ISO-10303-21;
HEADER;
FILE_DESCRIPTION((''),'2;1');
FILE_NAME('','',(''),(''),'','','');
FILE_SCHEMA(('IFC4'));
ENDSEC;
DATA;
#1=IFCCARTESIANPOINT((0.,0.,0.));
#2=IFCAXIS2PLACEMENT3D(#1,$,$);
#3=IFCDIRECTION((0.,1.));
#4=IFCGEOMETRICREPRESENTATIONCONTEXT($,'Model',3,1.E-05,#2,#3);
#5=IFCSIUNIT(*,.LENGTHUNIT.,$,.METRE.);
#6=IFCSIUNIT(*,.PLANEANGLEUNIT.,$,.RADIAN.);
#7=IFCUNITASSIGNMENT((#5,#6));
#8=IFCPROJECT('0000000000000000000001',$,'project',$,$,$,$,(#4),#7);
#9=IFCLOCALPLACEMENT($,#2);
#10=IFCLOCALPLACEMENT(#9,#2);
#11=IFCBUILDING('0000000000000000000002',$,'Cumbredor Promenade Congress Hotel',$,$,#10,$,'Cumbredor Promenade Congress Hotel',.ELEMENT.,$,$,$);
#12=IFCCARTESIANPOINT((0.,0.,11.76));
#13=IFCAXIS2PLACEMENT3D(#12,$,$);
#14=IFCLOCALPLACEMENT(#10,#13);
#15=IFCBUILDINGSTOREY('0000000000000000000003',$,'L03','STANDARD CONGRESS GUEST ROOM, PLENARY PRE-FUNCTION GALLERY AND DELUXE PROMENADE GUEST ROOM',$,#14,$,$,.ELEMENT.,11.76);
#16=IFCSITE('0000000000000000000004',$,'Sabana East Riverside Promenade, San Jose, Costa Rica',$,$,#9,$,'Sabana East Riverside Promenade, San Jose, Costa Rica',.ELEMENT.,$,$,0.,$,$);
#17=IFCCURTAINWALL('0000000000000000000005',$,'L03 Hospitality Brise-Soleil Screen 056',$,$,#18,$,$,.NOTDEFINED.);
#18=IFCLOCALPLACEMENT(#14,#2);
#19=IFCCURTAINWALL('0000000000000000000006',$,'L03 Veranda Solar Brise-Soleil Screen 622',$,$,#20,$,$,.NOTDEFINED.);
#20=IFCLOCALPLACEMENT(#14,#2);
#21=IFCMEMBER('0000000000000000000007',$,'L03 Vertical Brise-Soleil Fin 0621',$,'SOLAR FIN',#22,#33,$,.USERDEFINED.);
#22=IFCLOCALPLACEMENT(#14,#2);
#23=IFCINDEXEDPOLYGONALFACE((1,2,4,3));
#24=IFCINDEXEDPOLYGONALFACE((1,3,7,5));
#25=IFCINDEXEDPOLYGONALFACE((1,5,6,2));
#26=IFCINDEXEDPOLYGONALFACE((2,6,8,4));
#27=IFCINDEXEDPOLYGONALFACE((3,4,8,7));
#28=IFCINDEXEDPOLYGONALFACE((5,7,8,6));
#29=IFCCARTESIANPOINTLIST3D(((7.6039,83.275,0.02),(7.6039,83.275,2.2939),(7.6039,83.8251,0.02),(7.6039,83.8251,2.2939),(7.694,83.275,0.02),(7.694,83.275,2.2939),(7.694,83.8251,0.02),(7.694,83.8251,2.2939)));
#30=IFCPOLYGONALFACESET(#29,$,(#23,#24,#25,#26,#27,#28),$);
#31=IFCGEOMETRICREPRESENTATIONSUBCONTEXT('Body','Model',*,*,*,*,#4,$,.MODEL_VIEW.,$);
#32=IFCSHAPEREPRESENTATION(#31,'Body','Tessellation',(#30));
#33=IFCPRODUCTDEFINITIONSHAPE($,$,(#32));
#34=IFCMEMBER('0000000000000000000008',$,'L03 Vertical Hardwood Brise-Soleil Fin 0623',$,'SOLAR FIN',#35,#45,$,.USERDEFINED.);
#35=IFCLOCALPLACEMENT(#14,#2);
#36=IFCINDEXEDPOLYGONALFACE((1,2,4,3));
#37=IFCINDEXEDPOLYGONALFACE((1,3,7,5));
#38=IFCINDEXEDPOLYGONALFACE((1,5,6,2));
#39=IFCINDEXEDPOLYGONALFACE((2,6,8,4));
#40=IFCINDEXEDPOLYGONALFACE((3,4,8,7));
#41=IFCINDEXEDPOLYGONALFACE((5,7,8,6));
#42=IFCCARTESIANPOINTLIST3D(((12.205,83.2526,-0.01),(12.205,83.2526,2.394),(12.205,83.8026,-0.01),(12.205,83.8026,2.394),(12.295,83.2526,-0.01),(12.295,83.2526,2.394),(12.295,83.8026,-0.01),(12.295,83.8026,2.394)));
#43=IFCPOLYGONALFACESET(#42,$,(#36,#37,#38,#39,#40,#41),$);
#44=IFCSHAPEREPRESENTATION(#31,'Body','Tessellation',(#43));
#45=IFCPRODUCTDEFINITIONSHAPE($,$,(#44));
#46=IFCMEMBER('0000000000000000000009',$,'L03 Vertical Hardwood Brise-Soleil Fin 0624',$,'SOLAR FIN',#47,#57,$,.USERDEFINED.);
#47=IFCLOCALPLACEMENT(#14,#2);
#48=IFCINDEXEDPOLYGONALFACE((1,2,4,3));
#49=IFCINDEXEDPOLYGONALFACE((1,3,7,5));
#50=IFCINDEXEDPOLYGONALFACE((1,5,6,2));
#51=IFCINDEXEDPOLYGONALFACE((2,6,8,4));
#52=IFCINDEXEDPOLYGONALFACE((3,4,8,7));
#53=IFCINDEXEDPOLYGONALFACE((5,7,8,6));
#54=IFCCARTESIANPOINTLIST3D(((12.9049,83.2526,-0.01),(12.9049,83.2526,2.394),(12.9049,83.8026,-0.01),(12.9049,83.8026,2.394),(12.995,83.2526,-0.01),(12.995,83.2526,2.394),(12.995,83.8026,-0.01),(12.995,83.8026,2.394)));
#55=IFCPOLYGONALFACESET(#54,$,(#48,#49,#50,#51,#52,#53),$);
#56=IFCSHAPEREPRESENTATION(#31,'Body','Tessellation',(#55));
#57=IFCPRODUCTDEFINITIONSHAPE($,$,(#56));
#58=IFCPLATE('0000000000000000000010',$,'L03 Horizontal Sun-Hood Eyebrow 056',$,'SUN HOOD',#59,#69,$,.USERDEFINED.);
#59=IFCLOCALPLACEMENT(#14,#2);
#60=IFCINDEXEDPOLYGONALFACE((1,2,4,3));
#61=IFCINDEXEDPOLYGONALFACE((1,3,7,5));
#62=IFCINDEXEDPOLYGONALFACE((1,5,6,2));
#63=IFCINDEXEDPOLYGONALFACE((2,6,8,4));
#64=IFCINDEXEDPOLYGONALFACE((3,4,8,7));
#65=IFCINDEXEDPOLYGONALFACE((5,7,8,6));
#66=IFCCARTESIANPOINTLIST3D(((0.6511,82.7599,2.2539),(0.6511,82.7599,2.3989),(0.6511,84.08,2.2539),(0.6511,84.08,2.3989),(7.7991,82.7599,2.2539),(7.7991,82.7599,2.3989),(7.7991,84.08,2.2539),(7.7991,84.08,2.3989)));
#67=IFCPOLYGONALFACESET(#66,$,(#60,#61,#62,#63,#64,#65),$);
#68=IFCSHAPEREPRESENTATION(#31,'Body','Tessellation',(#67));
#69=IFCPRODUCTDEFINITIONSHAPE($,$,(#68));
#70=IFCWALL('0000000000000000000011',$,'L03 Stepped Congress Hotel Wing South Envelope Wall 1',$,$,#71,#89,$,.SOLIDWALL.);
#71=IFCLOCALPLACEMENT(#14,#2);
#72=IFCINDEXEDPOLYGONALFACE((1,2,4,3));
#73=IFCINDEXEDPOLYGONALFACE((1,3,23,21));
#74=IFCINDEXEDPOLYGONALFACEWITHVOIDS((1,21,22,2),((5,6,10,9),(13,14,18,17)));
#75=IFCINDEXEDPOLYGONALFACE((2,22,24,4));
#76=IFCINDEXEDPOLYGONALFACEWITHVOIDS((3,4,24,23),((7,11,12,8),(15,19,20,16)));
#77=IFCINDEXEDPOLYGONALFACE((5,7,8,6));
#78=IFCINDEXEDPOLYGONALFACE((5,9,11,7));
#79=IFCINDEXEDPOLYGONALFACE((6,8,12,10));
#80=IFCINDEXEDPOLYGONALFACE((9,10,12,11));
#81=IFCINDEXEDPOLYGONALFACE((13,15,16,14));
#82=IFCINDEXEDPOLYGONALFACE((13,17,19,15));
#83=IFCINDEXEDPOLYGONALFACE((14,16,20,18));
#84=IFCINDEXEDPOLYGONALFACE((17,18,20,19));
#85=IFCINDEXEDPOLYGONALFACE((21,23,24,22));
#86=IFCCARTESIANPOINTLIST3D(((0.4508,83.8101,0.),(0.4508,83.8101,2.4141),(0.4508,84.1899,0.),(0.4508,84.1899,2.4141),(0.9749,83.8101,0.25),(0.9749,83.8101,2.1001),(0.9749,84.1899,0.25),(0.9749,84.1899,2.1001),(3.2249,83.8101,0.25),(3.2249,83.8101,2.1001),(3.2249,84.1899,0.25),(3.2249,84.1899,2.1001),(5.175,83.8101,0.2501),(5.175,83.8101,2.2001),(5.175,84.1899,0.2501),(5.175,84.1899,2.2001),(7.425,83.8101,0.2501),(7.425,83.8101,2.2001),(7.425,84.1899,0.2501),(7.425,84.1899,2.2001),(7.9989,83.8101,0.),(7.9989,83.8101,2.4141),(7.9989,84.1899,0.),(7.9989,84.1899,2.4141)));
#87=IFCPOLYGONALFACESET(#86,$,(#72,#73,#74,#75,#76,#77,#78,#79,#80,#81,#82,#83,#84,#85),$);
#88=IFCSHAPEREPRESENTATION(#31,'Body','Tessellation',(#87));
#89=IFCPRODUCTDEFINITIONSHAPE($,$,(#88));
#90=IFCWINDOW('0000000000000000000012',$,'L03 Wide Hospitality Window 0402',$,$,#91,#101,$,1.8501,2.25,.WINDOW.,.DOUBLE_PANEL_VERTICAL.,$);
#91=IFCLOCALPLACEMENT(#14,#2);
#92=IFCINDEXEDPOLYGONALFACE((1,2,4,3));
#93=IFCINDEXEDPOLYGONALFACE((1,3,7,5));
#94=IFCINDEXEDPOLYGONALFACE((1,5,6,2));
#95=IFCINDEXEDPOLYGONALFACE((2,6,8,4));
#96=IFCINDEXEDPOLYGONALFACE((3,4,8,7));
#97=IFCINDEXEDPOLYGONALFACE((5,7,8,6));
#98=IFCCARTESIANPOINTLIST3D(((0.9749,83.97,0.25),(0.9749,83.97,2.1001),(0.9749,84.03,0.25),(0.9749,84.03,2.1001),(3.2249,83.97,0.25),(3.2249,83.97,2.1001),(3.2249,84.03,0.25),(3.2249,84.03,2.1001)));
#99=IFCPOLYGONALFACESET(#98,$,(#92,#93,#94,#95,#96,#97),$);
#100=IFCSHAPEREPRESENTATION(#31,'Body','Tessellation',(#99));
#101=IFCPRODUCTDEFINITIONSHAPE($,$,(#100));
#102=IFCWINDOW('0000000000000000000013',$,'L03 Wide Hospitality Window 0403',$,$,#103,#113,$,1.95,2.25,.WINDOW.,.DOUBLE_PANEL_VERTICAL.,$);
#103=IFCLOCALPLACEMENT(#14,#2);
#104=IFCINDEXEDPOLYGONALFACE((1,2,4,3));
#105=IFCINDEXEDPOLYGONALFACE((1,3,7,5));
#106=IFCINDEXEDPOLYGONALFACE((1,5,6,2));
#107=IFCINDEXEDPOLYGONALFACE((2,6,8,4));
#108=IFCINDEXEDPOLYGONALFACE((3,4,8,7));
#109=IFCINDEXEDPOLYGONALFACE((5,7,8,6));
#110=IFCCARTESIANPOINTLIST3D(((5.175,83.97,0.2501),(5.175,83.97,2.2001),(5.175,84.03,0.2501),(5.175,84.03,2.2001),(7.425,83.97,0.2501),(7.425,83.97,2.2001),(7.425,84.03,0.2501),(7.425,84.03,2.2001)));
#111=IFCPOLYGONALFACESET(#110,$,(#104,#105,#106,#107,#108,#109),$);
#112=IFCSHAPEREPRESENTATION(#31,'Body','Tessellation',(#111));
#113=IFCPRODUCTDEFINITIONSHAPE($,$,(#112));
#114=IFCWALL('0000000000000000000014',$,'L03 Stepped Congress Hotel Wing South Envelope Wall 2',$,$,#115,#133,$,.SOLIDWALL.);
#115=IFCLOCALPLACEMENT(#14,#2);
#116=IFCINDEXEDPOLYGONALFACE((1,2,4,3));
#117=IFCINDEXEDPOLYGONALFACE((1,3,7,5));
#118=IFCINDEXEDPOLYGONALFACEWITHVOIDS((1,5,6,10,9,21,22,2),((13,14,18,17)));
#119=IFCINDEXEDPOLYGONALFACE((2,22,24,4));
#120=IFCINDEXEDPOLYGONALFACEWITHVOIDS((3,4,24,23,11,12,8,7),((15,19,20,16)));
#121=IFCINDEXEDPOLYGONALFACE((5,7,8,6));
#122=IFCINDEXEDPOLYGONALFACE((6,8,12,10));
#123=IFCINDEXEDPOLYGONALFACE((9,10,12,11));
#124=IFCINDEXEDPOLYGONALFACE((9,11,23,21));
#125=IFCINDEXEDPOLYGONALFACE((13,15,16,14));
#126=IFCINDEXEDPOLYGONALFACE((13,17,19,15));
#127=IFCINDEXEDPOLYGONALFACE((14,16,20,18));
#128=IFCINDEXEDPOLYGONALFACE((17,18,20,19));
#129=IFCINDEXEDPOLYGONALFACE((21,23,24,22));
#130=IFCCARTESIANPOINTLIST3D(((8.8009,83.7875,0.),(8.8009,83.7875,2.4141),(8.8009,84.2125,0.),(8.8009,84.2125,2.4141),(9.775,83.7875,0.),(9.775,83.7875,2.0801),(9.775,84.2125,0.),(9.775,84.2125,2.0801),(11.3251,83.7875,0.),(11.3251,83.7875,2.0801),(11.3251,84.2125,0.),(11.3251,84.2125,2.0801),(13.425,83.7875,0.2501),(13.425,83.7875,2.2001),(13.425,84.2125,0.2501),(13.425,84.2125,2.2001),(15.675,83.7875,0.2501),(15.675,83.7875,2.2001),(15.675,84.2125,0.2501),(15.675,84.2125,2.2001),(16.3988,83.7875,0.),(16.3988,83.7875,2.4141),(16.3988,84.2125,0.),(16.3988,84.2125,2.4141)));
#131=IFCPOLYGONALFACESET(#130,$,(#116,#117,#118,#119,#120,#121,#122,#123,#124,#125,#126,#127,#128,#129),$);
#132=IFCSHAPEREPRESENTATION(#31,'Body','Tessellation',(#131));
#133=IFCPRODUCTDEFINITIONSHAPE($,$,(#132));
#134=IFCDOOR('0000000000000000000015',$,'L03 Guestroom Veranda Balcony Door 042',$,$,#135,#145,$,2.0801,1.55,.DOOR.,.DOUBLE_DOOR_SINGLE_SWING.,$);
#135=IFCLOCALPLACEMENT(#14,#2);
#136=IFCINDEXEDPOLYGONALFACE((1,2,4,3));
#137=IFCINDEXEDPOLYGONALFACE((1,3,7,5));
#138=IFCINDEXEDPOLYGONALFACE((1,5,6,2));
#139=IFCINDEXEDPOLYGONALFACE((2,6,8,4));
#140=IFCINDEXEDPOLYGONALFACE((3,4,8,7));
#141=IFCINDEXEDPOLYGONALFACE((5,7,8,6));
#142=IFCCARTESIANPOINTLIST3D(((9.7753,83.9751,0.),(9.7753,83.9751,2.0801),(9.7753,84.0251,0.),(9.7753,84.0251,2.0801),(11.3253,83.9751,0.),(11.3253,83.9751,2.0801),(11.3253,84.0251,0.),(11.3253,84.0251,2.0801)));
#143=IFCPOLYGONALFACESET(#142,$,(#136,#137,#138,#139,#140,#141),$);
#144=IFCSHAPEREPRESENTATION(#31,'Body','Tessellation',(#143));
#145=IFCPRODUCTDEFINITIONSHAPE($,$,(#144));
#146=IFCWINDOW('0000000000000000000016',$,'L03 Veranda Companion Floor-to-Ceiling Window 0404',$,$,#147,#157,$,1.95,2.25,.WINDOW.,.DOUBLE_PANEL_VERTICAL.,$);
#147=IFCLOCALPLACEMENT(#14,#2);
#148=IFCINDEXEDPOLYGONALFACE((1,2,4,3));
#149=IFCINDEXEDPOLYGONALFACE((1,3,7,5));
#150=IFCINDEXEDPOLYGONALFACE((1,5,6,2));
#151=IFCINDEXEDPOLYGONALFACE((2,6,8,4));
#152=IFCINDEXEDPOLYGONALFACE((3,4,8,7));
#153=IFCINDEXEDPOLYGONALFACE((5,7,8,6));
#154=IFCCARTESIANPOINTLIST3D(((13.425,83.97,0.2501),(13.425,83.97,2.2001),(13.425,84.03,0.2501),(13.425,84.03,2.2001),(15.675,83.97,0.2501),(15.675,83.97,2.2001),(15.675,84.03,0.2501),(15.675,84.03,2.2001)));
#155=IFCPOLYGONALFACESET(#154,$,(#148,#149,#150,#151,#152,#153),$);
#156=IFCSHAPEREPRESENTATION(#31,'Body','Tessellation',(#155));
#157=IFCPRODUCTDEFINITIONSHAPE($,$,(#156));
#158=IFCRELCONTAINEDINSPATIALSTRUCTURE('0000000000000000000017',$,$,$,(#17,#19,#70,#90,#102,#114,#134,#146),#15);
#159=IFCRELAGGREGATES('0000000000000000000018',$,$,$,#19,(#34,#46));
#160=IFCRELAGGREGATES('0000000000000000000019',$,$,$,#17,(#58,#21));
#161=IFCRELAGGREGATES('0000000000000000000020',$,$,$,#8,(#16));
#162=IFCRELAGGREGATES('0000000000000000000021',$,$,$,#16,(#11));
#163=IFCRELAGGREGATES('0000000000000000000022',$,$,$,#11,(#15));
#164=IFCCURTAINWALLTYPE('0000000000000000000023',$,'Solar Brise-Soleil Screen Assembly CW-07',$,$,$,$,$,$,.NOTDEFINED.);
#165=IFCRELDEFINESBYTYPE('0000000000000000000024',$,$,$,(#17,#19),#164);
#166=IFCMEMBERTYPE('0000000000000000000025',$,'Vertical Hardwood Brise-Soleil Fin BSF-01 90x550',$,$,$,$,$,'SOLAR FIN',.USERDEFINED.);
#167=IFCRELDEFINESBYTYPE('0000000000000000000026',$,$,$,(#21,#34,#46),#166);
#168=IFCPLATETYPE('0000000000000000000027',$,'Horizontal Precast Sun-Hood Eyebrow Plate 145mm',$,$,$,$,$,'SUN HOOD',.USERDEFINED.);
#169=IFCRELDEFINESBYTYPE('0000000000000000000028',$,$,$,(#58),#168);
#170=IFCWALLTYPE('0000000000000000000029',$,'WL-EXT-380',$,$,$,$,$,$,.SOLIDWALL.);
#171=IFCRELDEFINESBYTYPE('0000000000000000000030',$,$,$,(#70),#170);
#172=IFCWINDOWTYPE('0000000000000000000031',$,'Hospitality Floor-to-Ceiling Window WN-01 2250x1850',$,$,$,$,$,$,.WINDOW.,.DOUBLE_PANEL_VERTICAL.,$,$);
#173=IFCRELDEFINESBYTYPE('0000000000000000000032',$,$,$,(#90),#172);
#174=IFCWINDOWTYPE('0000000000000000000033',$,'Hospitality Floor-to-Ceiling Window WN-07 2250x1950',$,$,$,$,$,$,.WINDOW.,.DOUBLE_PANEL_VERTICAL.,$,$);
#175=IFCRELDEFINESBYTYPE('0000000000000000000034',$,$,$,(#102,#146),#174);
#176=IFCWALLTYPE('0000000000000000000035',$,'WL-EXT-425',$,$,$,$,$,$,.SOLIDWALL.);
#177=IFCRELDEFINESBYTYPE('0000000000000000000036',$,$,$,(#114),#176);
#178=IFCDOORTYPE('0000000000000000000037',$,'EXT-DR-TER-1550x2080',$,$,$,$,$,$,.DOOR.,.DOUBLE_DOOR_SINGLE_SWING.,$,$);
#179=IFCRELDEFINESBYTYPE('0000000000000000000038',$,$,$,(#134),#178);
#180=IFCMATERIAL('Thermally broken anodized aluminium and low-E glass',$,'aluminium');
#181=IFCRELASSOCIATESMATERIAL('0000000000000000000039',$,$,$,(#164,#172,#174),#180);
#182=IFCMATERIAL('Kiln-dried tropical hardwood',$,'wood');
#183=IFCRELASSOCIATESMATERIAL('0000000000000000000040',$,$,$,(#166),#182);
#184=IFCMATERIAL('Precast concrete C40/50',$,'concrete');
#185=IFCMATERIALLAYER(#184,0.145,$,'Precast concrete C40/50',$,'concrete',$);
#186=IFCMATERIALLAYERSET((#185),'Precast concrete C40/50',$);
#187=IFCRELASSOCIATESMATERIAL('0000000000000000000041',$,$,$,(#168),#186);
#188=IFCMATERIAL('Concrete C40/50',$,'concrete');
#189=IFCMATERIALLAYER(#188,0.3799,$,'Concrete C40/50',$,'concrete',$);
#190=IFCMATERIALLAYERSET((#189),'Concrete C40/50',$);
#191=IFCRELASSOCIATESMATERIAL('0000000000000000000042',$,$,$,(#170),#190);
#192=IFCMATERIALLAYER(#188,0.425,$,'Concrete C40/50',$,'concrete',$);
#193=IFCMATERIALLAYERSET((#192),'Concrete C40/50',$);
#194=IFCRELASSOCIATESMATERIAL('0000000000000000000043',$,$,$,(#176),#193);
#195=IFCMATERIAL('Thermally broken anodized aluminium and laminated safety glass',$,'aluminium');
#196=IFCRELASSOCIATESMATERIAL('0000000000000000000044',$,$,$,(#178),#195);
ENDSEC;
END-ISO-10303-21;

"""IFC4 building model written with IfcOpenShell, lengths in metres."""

from ifc_helpers import new_model, si_unit, direction, frame, frame_2d, origin, origin_2d, place, context, subcontext, project, spatial, rectangle, extrude, material, layer, layer_set, material_profile, profile_set, type_object, element, fill, aggregate, save


model = new_model("IFC4")

# Units and contexts
model_context = context("Model", 3, precision=1e-05, world=origin(), true_north=direction((0.0, 1.0)))
body_context = subcontext(model_context, "Body", "Model", "MODEL_VIEW")
ifc_project = project(units=[si_unit("LENGTHUNIT", "METRE"), si_unit("PLANEANGLEUNIT", "RADIAN")], contexts=[model_context])

# Site, building, storey
site_placement = place(None, origin())
site = spatial("IfcSite", under=ifc_project, at=site_placement, Name="Sabana East Riverside Promenade, San Jose, Costa Rica", LongName="Sabana East Riverside Promenade, San Jose, Costa Rica", CompositionType="ELEMENT", RefElevation=0.0)
building_placement = place(site_placement, origin())
building = spatial("IfcBuilding", under=site, at=building_placement, Name="Cumbredor Promenade Congress Hotel", LongName="Cumbredor Promenade Congress Hotel", CompositionType="ELEMENT")
storey_placement = place(building_placement, frame((0.0, 0.0, 11.76)))
storey = spatial("IfcBuildingStorey", under=building, at=storey_placement, Name="L03", Description="STANDARD CONGRESS GUEST ROOM, PLENARY PRE-FUNCTION GALLERY AND DELUXE PROMENADE GUEST ROOM", CompositionType="ELEMENT", Elevation=11.76)

# Curtain walls
ifc_material_1 = material(Name="Thermally broken anodized aluminium and low-E glass", Category="aluminium")
curtain_wall_type = type_object("IfcCurtainWallType", Name="Solar Brise-Soleil Screen Assembly CW-07", PredefinedType="NOTDEFINED", material=ifc_material_1)
curtain_wall_1_placement = place(storey_placement, origin())
curtain_wall_1 = element("IfcCurtainWall", 1, at=curtain_wall_1_placement, inside=storey, type_object=curtain_wall_type, Name="L03 Hospitality Brise-Soleil Screen 056", PredefinedType="NOTDEFINED")
curtain_wall_2_placement = place(storey_placement, origin())
curtain_wall_2 = element("IfcCurtainWall", 2, at=curtain_wall_2_placement, inside=storey, type_object=curtain_wall_type, Name="L03 Veranda Solar Brise-Soleil Screen 622", PredefinedType="NOTDEFINED")

# Members
ifc_material_2 = material(Name="Kiln-dried tropical hardwood", Category="wood")
ifc_material_profile_1 = material_profile(ifc_material_2, rectangle(XDim=0.0901, YDim=0.55, at=origin_2d()), Name="ARCH FIN 90x550")
ifc_profile_set_1 = profile_set([ifc_material_profile_1], Name="Kiln-dried tropical hardwood")
member_type_1 = type_object("IfcMemberType", Name="Vertical Hardwood Brise-Soleil Fin BSF-01 90x550", ElementType="SOLAR FIN", PredefinedType="USERDEFINED", material=ifc_profile_set_1)
member_1_placement = place(storey_placement, frame((7.6489, 83.55, 0.02), z_axis=(0.0, 0.0, 1.0), x_axis=(1.0, 0.0, 0.0)))
member_1 = element("IfcMember", 3, at=member_1_placement, type_object=member_type_1, Name="L03 Vertical Brise-Soleil Fin 0621", ObjectType="SOLAR FIN", PredefinedType="USERDEFINED", context=body_context, shape_type="SweptSolid", body=[
    extrude(rectangle(XDim=0.0901, YDim=0.55, at=origin_2d()), origin(), (0.0, 0.0, 1.0), 2.2739),
])
member_2_placement = place(storey_placement, frame((12.25, 83.5276, -0.01), z_axis=(0.0, 0.0, 1.0), x_axis=(1.0, 0.0, 0.0)))
member_2 = element("IfcMember", 4, at=member_2_placement, type_object=member_type_1, Name="L03 Vertical Hardwood Brise-Soleil Fin 0623", ObjectType="SOLAR FIN", PredefinedType="USERDEFINED", context=body_context, shape_type="SweptSolid", body=[
    extrude(rectangle(XDim=0.0901, YDim=0.55, at=origin_2d()), origin(), (0.0, 0.0, 1.0), 2.4041),
])
member_3_placement = place(storey_placement, frame((12.95, 83.5276, -0.01), z_axis=(0.0, 0.0, 1.0), x_axis=(1.0, 0.0, 0.0)))
member_3 = element("IfcMember", 5, at=member_3_placement, type_object=member_type_1, Name="L03 Vertical Hardwood Brise-Soleil Fin 0624", ObjectType="SOLAR FIN", PredefinedType="USERDEFINED", context=body_context, shape_type="SweptSolid", body=[
    extrude(rectangle(XDim=0.0901, YDim=0.55, at=origin_2d()), origin(), (0.0, 0.0, 1.0), 2.4041),
])
aggregate(curtain_wall_2, [member_2, member_3])

# Plate
ifc_material_3 = material(Name="Precast concrete C40/50", Category="concrete")
ifc_layer_1 = layer(ifc_material_3, 0.145, Name="Precast concrete C40/50", Category="concrete")
ifc_layer_set_1 = layer_set([ifc_layer_1], Name="Precast concrete C40/50")
plate_type = type_object("IfcPlateType", Name="Horizontal Precast Sun-Hood Eyebrow Plate 145mm", ElementType="SUN HOOD", PredefinedType="USERDEFINED", material=ifc_layer_set_1)
plate_placement = place(storey_placement, frame((4.2251, 83.4199, 2.2539), z_axis=(0.0, 0.0, 1.0), x_axis=(1.0, 0.0, 0.0)))
plate = element("IfcPlate", 6, at=plate_placement, type_object=plate_type, Name="L03 Horizontal Sun-Hood Eyebrow 056", ObjectType="SUN HOOD", PredefinedType="USERDEFINED", context=body_context, shape_type="SweptSolid", body=[
    extrude(rectangle(XDim=7.1479, YDim=1.3201, at=origin_2d()), origin(), (0.0, 0.0, 1.0), 0.145),
])
aggregate(curtain_wall_1, [plate, member_1])

# Wall, openings, windows
ifc_material_4 = material(Name="Concrete C40/50", Category="concrete")
ifc_layer_2 = layer(ifc_material_4, 0.3799, Name="Concrete C40/50", Category="concrete")
ifc_layer_set_2 = layer_set([ifc_layer_2], Name="Concrete C40/50")
wall_type_1 = type_object("IfcWallType", Name="WL-EXT-380", PredefinedType="SOLIDWALL", material=ifc_layer_set_2)
wall_1_placement = place(storey_placement, frame((0.4509, 84.0, 0.0), z_axis=(0.0, 0.0, 1.0), x_axis=(1.0, 0.0, 0.0)))
wall_1 = element("IfcWall", 7, at=wall_1_placement, inside=storey, type_object=wall_type_1, Name="L03 Stepped Congress Hotel Wing South Envelope Wall 1", PredefinedType="SOLIDWALL", context=body_context, shape_type="SweptSolid", body=[
    extrude(rectangle(XDim=7.5481, YDim=0.3799, at=frame_2d((3.7739, 0.0))), origin(), (0.0, 0.0, 1.0), 2.4141),
])
opening_1_placement = place(wall_1_placement, frame((0.5239, 0.0, 0.25)))
opening_1 = element("IfcOpeningElement", 8, at=opening_1_placement, cuts=wall_1, PredefinedType="OPENING", context=body_context, shape_type="SweptSolid", body=[
    extrude(rectangle(XDim=2.25, YDim=1.8501, at=frame_2d((1.125, 0.925))), frame((0.0, 0.2, 0.0), z_axis=(0.0, -1.0, 0.0), x_axis=(1.0, 0.0, 0.0)), (0.0, 0.0, 1.0), 0.3999),
])
opening_2_placement = place(wall_1_placement, frame((4.7241, 0.0, 0.25)))
opening_2 = element("IfcOpeningElement", 9, at=opening_2_placement, cuts=wall_1, PredefinedType="OPENING", context=body_context, shape_type="SweptSolid", body=[
    extrude(rectangle(XDim=2.25, YDim=1.95, at=frame_2d((1.125, 0.9751))), frame((0.0, 0.2, 0.0), z_axis=(0.0, -1.0, 0.0), x_axis=(1.0, 0.0, 0.0)), (0.0, 0.0, 1.0), 0.3999),
])
window_type_1 = type_object("IfcWindowType", Name="Hospitality Floor-to-Ceiling Window WN-01 2250x1850", PartitioningType="DOUBLE_PANEL_VERTICAL", PredefinedType="WINDOW", material=ifc_material_1)
window_1_placement = place(opening_1_placement, origin())
window_1 = element("IfcWindow", 10, at=window_1_placement, inside=storey, type_object=window_type_1, Name="L03 Wide Hospitality Window 0402", OverallHeight=1.8501, OverallWidth=2.25, PartitioningType="DOUBLE_PANEL_VERTICAL", PredefinedType="WINDOW", context=body_context, shape_type="SweptSolid", body=[
    extrude(rectangle(XDim=2.25, YDim=1.8501, at=frame_2d((1.125, 0.925))), frame((0.0, 0.03, 0.0), z_axis=(0.0, -1.0, 0.0), x_axis=(1.0, 0.0, 0.0)), (0.0, 0.0, 1.0), 0.0601),
])
fill(opening_1, window_1)
window_type_2 = type_object("IfcWindowType", Name="Hospitality Floor-to-Ceiling Window WN-07 2250x1950", PartitioningType="DOUBLE_PANEL_VERTICAL", PredefinedType="WINDOW", material=ifc_material_1)
window_2_placement = place(opening_2_placement, origin())
window_2 = element("IfcWindow", 11, at=window_2_placement, inside=storey, type_object=window_type_2, Name="L03 Wide Hospitality Window 0403", OverallHeight=1.95, OverallWidth=2.25, PartitioningType="DOUBLE_PANEL_VERTICAL", PredefinedType="WINDOW", context=body_context, shape_type="SweptSolid", body=[
    extrude(rectangle(XDim=2.25, YDim=1.95, at=frame_2d((1.125, 0.9751))), frame((0.0, 0.03, 0.0), z_axis=(0.0, -1.0, 0.0), x_axis=(1.0, 0.0, 0.0)), (0.0, 0.0, 1.0), 0.0601),
])
fill(opening_2, window_2)

# Wall, openings, door, window
ifc_layer_3 = layer(ifc_material_4, 0.425, Name="Concrete C40/50", Category="concrete")
ifc_layer_set_3 = layer_set([ifc_layer_3], Name="Concrete C40/50")
wall_type_2 = type_object("IfcWallType", Name="WL-EXT-425", PredefinedType="SOLIDWALL", material=ifc_layer_set_3)
wall_2_placement = place(storey_placement, frame((8.801, 84.0, 0.0), z_axis=(0.0, 0.0, 1.0), x_axis=(1.0, 0.0, 0.0)))
wall_2 = element("IfcWall", 12, at=wall_2_placement, inside=storey, type_object=wall_type_2, Name="L03 Stepped Congress Hotel Wing South Envelope Wall 2", PredefinedType="SOLIDWALL", context=body_context, shape_type="SweptSolid", body=[
    extrude(rectangle(XDim=7.5979, YDim=0.425, at=frame_2d((3.7988, 0.0))), origin(), (0.0, 0.0, 1.0), 2.4141),
])
opening_3_placement = place(wall_2_placement, frame((0.9741, 0.0, 0.0)))
opening_3 = element("IfcOpeningElement", 13, at=opening_3_placement, cuts=wall_2, PredefinedType="OPENING", context=body_context, shape_type="SweptSolid", body=[
    extrude(rectangle(XDim=1.55, YDim=2.0801, at=frame_2d((0.7749, 1.04))), frame((0.0, 0.2227, 0.0), z_axis=(0.0, -1.0, 0.0), x_axis=(1.0, 0.0, 0.0)), (0.0, 0.0, 1.0), 0.4451),
])
opening_4_placement = place(wall_2_placement, frame((4.624, 0.0, 0.25)))
opening_4 = element("IfcOpeningElement", 14, at=opening_4_placement, cuts=wall_2, PredefinedType="OPENING", context=body_context, shape_type="SweptSolid", body=[
    extrude(rectangle(XDim=2.25, YDim=1.95, at=frame_2d((1.125, 0.9751))), frame((0.0, 0.2227, 0.0), z_axis=(0.0, -1.0, 0.0), x_axis=(1.0, 0.0, 0.0)), (0.0, 0.0, 1.0), 0.4451),
])
ifc_material_5 = material(Name="Thermally broken anodized aluminium and laminated safety glass", Category="aluminium")
door_type = type_object("IfcDoorType", Name="EXT-DR-TER-1550x2080", OperationType="DOUBLE_DOOR_SINGLE_SWING", PredefinedType="DOOR", material=ifc_material_5)
door_placement = place(opening_3_placement, frame((1.55, 0.0, 0.0), z_axis=(0.0, 0.0, 1.0), x_axis=(-1.0, 0.0, 0.0)))
door = element("IfcDoor", 15, at=door_placement, inside=storey, type_object=door_type, Name="L03 Guestroom Veranda Balcony Door 042", OperationType="DOUBLE_DOOR_SINGLE_SWING", OverallHeight=2.0801, OverallWidth=1.55, PredefinedType="DOOR", context=body_context, shape_type="SweptSolid", body=[
    extrude(rectangle(XDim=1.55, YDim=2.0801, at=frame_2d((0.7749, 1.04))), frame((0.0, 0.0249, 0.0), z_axis=(0.0, -1.0, 0.0), x_axis=(1.0, 0.0, 0.0)), (0.0, 0.0, 1.0), 0.05),
])
fill(opening_3, door)
window_3_placement = place(opening_4_placement, origin())
window_3 = element("IfcWindow", 16, at=window_3_placement, inside=storey, type_object=window_type_2, Name="L03 Veranda Companion Floor-to-Ceiling Window 0404", OverallHeight=1.95, OverallWidth=2.25, PartitioningType="DOUBLE_PANEL_VERTICAL", PredefinedType="WINDOW", context=body_context, shape_type="SweptSolid", body=[
    extrude(rectangle(XDim=2.25, YDim=1.95, at=frame_2d((1.125, 0.9751))), frame((0.0, 0.03, 0.0), z_axis=(0.0, -1.0, 0.0), x_axis=(1.0, 0.0, 0.0)), (0.0, 0.0, 1.0), 0.0601),
])
fill(opening_4, window_3)

save(model, "model.ifc")
